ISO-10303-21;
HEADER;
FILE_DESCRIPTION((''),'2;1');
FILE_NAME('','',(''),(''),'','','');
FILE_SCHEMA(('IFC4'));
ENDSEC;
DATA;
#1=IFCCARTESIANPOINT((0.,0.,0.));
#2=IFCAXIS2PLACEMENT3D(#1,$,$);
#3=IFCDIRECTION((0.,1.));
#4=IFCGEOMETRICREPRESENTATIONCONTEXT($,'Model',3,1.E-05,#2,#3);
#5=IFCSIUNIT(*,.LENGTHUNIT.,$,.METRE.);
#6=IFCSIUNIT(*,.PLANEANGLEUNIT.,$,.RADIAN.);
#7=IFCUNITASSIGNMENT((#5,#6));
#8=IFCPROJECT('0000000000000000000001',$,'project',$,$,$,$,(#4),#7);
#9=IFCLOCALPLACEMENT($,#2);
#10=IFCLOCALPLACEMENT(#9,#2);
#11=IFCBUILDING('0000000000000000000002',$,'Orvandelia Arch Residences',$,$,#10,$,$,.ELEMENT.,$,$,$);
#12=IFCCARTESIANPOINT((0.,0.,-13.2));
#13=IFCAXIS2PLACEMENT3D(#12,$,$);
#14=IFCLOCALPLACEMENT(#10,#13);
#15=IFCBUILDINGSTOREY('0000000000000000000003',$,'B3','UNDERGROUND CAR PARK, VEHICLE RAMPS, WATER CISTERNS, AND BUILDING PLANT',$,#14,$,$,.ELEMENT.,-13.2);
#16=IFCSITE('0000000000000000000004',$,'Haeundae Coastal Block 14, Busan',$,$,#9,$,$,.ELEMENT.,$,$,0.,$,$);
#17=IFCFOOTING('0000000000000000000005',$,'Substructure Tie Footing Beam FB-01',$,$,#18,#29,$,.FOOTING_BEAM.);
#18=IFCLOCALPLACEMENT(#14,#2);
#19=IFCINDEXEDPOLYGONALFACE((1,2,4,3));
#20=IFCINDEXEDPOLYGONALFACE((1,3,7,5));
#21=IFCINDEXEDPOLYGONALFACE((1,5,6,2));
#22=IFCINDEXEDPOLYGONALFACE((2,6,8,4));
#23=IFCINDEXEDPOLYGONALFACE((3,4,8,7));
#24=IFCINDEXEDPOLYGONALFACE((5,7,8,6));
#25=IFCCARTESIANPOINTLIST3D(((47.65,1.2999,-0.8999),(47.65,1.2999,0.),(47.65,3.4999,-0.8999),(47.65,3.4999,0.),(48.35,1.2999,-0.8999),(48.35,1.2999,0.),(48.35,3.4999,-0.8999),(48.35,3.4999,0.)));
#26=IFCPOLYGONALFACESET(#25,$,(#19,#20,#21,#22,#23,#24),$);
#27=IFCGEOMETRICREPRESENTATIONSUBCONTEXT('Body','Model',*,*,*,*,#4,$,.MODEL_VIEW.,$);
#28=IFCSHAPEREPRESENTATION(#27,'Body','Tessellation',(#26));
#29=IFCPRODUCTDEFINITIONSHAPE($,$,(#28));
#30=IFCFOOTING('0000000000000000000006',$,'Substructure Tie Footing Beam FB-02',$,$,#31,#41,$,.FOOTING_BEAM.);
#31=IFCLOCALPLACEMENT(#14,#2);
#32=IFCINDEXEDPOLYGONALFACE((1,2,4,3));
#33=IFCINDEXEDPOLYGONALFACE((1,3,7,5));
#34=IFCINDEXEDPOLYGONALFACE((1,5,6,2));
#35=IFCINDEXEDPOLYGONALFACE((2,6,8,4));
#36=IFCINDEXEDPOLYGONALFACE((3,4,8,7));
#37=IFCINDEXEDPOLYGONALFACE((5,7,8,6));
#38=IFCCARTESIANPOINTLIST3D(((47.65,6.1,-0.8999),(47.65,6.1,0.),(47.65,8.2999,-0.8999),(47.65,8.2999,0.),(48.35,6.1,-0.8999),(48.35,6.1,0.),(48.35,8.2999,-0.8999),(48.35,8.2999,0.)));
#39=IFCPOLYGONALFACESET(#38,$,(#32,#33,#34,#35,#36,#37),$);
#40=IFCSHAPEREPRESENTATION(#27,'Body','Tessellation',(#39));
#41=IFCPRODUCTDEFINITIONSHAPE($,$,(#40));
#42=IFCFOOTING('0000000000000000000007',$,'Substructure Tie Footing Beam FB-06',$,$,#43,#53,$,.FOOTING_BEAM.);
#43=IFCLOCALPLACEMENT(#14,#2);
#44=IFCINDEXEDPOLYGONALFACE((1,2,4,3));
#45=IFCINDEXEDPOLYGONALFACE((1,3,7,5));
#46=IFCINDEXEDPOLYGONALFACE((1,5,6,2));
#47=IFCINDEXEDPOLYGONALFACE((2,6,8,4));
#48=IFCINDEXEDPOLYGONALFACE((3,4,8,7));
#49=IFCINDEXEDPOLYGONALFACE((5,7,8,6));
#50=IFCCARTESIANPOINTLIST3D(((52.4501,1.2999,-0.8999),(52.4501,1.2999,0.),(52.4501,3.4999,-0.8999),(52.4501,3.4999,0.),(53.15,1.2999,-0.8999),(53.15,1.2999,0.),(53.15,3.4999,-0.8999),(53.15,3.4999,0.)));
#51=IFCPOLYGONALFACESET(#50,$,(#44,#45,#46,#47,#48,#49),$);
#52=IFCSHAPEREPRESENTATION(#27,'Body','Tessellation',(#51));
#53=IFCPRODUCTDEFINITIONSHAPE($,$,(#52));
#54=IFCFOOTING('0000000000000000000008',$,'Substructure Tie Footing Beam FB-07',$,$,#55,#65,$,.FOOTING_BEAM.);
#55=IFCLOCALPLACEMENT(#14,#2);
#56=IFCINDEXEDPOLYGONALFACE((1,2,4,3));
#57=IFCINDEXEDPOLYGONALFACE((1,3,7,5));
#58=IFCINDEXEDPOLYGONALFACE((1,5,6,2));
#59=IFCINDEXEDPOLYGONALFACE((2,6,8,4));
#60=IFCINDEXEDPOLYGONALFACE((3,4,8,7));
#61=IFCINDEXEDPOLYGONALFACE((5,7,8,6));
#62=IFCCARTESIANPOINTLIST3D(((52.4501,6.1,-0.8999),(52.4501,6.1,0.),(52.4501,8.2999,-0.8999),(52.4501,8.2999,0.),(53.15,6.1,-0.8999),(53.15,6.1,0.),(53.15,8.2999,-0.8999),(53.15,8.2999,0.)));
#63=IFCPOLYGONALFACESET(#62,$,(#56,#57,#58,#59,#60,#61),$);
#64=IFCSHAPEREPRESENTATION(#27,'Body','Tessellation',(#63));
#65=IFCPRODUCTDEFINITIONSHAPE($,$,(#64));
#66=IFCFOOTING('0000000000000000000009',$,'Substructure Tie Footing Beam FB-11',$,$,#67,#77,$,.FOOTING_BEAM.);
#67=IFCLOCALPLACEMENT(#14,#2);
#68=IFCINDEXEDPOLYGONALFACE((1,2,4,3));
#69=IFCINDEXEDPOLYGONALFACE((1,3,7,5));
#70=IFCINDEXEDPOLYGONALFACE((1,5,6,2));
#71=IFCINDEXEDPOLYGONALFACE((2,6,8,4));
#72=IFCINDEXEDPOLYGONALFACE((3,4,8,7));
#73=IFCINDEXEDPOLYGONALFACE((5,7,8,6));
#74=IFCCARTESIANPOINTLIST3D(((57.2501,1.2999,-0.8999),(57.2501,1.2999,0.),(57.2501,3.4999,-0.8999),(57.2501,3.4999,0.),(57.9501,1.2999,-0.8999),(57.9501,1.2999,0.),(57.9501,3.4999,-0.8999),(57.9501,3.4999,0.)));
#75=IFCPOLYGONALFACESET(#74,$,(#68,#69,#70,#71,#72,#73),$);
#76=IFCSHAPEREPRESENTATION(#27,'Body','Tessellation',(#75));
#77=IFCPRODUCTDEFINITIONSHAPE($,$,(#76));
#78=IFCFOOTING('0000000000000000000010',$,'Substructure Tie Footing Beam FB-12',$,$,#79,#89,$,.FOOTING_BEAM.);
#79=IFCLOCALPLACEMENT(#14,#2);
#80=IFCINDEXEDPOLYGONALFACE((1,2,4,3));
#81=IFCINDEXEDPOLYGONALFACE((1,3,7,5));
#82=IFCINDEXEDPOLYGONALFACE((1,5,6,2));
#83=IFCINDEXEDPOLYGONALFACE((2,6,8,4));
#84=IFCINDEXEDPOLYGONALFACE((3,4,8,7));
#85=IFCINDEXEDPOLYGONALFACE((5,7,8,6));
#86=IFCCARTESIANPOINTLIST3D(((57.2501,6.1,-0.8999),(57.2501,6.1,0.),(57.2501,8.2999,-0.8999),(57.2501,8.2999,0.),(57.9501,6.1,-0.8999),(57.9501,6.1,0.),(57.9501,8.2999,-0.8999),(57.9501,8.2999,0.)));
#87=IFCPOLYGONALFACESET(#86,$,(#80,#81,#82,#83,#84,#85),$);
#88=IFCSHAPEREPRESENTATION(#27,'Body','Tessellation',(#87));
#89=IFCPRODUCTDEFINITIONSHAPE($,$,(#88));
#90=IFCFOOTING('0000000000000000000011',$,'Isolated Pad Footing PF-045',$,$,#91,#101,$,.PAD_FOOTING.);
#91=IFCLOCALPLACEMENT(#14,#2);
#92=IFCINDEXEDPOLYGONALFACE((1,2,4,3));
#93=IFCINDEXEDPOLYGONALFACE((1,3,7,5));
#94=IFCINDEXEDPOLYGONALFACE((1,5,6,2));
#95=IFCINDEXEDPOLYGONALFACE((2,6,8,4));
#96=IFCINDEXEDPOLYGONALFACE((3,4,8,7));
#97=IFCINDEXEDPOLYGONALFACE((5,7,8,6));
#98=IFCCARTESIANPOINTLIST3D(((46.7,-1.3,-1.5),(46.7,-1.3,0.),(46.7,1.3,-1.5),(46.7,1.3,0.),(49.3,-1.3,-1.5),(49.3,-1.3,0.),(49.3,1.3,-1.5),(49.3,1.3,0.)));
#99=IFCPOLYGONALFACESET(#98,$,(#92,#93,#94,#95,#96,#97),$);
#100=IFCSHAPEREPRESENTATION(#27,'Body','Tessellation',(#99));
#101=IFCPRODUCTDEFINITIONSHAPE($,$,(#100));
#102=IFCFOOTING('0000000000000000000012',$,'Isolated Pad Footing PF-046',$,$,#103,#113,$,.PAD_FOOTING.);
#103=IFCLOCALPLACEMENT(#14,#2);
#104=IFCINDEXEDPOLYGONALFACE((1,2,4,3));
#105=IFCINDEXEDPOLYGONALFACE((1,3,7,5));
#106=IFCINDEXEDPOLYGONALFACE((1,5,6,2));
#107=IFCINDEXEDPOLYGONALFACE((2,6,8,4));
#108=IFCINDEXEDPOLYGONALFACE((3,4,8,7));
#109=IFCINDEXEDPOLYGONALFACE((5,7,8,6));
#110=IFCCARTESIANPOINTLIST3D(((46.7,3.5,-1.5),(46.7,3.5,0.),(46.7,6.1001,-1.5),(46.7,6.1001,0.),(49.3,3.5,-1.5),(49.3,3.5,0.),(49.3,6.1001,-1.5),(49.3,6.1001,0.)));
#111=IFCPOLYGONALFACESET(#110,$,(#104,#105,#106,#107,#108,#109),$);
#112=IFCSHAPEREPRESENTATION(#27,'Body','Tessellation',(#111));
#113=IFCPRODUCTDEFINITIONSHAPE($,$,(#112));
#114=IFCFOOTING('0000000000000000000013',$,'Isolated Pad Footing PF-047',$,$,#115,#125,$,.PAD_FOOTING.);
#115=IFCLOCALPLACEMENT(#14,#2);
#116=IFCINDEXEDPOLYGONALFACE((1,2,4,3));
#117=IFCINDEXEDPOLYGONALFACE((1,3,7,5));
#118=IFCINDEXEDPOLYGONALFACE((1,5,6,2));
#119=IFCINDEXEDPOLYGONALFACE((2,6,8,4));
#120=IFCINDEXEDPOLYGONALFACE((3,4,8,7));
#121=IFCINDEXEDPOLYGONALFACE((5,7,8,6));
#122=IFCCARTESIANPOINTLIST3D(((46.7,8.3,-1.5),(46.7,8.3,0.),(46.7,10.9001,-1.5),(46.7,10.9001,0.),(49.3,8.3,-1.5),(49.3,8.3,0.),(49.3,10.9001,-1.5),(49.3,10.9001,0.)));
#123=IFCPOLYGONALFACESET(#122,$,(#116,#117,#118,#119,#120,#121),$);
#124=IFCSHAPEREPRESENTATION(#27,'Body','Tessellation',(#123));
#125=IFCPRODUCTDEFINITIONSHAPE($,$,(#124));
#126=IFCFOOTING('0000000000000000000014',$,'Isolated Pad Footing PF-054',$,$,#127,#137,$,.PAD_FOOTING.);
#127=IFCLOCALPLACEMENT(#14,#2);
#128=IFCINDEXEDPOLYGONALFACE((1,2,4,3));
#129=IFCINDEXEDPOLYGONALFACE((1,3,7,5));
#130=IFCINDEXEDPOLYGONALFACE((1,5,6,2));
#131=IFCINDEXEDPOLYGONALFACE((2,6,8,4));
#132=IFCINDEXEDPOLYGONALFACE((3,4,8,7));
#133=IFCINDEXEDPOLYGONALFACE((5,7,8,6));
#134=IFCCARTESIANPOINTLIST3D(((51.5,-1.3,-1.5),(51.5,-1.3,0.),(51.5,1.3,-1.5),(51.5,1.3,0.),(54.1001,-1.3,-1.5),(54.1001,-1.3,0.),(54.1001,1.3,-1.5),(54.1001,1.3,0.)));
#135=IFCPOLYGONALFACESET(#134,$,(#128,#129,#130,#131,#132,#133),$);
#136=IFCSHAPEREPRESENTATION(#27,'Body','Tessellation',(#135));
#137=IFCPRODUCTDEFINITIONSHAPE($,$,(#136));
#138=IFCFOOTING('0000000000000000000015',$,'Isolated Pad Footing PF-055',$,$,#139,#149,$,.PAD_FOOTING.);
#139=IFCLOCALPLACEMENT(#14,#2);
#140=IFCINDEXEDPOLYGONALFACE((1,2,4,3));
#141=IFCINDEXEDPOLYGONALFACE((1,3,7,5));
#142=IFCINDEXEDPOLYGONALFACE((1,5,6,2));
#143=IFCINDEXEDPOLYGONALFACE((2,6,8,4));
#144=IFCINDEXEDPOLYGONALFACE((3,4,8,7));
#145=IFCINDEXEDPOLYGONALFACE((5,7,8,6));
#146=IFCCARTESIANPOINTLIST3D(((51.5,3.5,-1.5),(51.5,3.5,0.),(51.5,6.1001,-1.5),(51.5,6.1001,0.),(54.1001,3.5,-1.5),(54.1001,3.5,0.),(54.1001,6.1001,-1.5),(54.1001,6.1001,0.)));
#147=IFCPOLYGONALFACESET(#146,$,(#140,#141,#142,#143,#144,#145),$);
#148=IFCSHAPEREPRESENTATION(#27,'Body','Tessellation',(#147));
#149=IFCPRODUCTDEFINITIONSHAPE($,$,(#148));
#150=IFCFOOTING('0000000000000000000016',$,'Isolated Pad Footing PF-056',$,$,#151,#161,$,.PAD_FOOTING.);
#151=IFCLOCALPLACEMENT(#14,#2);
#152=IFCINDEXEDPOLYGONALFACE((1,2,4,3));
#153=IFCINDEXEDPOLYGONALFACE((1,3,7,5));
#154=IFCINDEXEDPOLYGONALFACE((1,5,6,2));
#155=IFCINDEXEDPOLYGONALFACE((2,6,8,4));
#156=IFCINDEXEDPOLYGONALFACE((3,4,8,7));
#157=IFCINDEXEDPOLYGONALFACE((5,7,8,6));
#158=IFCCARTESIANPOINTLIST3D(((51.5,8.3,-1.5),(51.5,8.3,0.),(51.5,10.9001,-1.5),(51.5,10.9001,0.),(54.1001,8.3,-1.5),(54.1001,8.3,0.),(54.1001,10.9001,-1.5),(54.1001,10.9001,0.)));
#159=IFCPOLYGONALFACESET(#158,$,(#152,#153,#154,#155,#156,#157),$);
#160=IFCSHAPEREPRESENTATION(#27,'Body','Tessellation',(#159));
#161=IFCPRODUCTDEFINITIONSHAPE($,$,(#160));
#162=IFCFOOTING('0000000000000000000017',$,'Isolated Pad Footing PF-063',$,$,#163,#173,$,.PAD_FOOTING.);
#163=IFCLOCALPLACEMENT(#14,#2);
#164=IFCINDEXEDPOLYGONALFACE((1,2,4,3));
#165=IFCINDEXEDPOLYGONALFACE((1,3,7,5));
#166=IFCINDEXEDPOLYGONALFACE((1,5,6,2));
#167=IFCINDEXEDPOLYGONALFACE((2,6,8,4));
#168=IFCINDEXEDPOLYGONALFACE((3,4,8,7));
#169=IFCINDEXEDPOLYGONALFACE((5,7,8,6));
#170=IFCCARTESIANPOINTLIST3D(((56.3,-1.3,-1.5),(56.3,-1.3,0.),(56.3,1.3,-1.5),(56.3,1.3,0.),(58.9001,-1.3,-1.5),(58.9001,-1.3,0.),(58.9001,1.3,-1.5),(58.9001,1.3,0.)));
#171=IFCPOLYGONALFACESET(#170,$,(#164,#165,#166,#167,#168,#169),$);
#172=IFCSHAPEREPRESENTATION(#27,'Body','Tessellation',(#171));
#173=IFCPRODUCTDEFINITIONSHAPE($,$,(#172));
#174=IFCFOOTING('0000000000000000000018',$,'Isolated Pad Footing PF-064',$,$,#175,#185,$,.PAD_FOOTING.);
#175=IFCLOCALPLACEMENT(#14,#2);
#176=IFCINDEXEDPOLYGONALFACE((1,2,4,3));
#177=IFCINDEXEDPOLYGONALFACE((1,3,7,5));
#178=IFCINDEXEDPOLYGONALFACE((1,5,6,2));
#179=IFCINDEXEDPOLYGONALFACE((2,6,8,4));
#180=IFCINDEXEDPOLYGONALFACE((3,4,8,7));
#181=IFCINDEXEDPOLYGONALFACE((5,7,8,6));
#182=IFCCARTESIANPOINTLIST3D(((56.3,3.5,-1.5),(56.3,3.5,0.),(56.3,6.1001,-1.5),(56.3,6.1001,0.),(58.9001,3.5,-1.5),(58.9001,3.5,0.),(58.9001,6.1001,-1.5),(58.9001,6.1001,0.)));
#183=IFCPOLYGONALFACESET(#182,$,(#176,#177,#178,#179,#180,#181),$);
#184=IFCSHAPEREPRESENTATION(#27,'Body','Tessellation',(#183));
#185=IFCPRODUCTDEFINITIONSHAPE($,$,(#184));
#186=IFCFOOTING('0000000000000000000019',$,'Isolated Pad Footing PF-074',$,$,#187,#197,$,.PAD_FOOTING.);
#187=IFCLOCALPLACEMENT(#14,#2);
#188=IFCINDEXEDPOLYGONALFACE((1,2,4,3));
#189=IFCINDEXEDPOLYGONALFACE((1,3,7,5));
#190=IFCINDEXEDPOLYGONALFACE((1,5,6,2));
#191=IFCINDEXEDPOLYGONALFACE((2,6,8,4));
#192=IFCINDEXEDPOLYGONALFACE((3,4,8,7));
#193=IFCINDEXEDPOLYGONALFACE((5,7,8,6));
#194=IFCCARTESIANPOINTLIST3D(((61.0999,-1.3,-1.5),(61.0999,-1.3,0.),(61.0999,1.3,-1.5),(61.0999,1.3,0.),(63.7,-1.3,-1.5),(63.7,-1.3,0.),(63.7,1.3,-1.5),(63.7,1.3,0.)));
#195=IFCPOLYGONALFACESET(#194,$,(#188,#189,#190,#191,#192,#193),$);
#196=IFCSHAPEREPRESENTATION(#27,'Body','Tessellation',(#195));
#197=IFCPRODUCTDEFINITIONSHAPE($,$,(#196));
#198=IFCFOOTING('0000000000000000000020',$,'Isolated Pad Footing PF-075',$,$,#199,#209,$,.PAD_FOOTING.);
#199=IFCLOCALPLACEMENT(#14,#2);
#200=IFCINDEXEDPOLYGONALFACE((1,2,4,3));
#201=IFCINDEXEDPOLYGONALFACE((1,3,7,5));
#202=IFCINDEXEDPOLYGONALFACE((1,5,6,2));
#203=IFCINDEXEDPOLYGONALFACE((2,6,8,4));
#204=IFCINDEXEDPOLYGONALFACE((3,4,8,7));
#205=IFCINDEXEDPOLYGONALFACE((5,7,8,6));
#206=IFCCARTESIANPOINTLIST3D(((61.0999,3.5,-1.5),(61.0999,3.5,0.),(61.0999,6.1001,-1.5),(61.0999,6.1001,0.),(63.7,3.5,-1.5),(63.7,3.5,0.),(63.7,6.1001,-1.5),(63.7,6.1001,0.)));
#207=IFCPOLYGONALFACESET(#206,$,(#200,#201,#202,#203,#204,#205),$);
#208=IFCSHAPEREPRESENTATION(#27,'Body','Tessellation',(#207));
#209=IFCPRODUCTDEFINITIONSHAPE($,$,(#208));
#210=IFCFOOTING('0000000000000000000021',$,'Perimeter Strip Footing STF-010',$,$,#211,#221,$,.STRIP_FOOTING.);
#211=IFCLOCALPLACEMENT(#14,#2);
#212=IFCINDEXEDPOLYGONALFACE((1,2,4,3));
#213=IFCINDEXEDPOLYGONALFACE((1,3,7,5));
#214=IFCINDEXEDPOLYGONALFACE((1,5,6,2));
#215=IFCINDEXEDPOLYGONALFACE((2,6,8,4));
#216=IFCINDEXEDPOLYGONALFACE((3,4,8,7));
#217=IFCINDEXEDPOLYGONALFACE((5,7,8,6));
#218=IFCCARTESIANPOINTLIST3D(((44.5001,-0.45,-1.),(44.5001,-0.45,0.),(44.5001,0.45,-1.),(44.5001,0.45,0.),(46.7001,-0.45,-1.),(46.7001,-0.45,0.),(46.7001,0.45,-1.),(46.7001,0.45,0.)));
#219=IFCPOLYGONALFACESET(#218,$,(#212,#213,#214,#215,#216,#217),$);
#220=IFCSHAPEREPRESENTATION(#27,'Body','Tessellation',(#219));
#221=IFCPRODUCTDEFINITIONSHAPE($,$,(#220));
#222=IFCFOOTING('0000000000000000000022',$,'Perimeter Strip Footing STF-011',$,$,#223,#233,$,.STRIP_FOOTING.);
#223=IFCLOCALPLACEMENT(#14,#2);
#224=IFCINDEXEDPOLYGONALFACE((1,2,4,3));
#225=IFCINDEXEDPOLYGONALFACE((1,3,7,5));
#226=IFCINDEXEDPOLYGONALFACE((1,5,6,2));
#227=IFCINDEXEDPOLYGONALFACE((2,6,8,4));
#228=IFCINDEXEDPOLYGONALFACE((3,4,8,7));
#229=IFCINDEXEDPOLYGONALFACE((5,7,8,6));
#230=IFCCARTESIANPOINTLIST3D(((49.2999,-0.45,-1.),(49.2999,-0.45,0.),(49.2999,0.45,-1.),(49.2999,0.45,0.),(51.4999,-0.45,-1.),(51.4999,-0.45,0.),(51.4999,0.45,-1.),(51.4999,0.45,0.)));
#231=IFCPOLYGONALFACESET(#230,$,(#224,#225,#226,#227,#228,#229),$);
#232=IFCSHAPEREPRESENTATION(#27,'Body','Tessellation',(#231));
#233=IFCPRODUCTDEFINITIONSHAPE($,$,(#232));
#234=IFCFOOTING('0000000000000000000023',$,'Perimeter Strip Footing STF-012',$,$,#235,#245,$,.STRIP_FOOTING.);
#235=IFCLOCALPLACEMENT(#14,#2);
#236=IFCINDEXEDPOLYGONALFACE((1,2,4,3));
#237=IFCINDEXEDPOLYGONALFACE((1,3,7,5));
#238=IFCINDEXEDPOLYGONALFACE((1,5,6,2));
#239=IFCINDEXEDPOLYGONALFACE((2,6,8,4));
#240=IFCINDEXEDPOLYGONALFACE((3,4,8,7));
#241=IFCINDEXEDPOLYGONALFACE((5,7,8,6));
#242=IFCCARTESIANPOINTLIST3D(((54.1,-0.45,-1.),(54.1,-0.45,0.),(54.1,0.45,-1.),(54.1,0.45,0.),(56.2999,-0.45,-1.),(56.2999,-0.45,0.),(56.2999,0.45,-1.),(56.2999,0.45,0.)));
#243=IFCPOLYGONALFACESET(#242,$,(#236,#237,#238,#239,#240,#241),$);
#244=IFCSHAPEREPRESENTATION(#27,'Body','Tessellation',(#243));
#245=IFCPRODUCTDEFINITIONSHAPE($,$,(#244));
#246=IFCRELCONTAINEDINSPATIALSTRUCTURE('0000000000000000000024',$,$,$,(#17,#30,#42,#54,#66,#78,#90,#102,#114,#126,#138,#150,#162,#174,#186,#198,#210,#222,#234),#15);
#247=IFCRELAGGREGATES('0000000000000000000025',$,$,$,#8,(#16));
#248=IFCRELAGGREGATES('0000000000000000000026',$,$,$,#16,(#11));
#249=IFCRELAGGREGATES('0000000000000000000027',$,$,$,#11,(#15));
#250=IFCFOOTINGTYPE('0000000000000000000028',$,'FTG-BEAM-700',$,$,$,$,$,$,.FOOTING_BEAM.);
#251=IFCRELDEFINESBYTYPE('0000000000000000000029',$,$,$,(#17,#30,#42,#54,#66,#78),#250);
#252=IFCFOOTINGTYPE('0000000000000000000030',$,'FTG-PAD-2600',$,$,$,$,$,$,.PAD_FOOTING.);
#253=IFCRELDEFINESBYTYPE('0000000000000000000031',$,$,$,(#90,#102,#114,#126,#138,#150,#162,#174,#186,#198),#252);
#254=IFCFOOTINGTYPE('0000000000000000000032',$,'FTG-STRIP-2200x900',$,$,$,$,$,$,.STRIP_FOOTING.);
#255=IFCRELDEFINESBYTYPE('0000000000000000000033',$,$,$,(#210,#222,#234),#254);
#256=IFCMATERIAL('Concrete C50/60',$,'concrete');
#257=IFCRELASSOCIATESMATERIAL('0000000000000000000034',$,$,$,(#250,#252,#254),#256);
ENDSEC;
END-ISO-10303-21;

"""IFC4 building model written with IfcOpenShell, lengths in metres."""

from ifc_helpers import new_model, si_unit, direction, frame, origin, origin_2d, place, context, subcontext, project, spatial, rectangle, extrude, material, type_object, element, save


model = new_model("IFC4")

# Units and contexts
model_context = context("Model", 3, precision=1e-05, world=origin(), true_north=direction((0.0, 1.0)))
body_context = subcontext(model_context, "Body", "Model", "MODEL_VIEW")
ifc_project = project(units=[si_unit("LENGTHUNIT", "METRE"), si_unit("PLANEANGLEUNIT", "RADIAN")], contexts=[model_context])

# Site, building, storey
site_placement = place(None, origin())
site = spatial("IfcSite", under=ifc_project, at=site_placement, Name="Haeundae Coastal Block 14, Busan", CompositionType="ELEMENT", RefElevation=0.0)
building_placement = place(site_placement, origin())
building = spatial("IfcBuilding", under=site, at=building_placement, Name="Orvandelia Arch Residences", CompositionType="ELEMENT")
storey_placement = place(building_placement, frame((0.0, 0.0, -13.2)))
storey = spatial("IfcBuildingStorey", under=building, at=storey_placement, Name="B3", Description="UNDERGROUND CAR PARK, VEHICLE RAMPS, WATER CISTERNS, AND BUILDING PLANT", CompositionType="ELEMENT", Elevation=-13.2)

# Footings
ifc_material_1 = material(Name="Concrete C50/60", Category="concrete")
footing_type_1 = type_object("IfcFootingType", Name="FTG-BEAM-700", PredefinedType="FOOTING_BEAM", material=ifc_material_1)
for number, where, z_axis, x_axis, name in (
    (1, (48.0, 2.3999, -0.8999), (0.0, 0.0, 1.0), (1.0, 0.0, 0.0), "Substructure Tie Footing Beam FB-01"),
    (2, (48.0, 7.2, -0.8999), (0.0, 0.0, 1.0), (1.0, 0.0, 0.0), "Substructure Tie Footing Beam FB-02"),
    (3, (52.8, 2.3999, -0.8999), (0.0, 0.0, 1.0), (1.0, 0.0, 0.0), "Substructure Tie Footing Beam FB-06"),
    (4, (52.8, 7.2, -0.8999), (0.0, 0.0, 1.0), (1.0, 0.0, 0.0), "Substructure Tie Footing Beam FB-07"),
    (5, (57.6001, 2.3999, -0.8999), (0.0, 0.0, 1.0), (1.0, 0.0, 0.0), "Substructure Tie Footing Beam FB-11"),
    (6, (57.6001, 7.2, -0.8999), (0.0, 0.0, 1.0), (1.0, 0.0, 0.0), "Substructure Tie Footing Beam FB-12"),
):
    element("IfcFooting", number, at=place(storey_placement, frame(where, z_axis=z_axis, x_axis=x_axis)), inside=storey, type_object=footing_type_1, Name=name, PredefinedType="FOOTING_BEAM", context=body_context, shape_type="SweptSolid", body=[
        extrude(rectangle(XDim=0.7, YDim=2.2, at=origin_2d()), origin(), (0.0, 0.0, 1.0), 0.8999),
    ])
footing_type_2 = type_object("IfcFootingType", Name="FTG-PAD-2600", PredefinedType="PAD_FOOTING", material=ifc_material_1)
for number, where, z_axis, x_axis, name in (
    (7, (48.0, 0.0, -1.5), (0.0, 0.0, 1.0), (1.0, 0.0, 0.0), "Isolated Pad Footing PF-045"),
    (8, (48.0, 4.8, -1.5), (0.0, 0.0, 1.0), (1.0, 0.0, 0.0), "Isolated Pad Footing PF-046"),
    (9, (48.0, 9.6001, -1.5), (0.0, 0.0, 1.0), (1.0, 0.0, 0.0), "Isolated Pad Footing PF-047"),
    (10, (52.8, 0.0, -1.5), (0.0, 0.0, 1.0), (1.0, 0.0, 0.0), "Isolated Pad Footing PF-054"),
    (11, (52.8, 4.8, -1.5), (0.0, 0.0, 1.0), (1.0, 0.0, 0.0), "Isolated Pad Footing PF-055"),
    (12, (52.8, 9.6001, -1.5), (0.0, 0.0, 1.0), (1.0, 0.0, 0.0), "Isolated Pad Footing PF-056"),
    (13, (57.6001, 0.0, -1.5), (0.0, 0.0, 1.0), (1.0, 0.0, 0.0), "Isolated Pad Footing PF-063"),
    (14, (57.6001, 4.8, -1.5), (0.0, 0.0, 1.0), (1.0, 0.0, 0.0), "Isolated Pad Footing PF-064"),
    (15, (62.3999, 0.0, -1.5), (0.0, 0.0, 1.0), (1.0, 0.0, 0.0), "Isolated Pad Footing PF-074"),
    (16, (62.3999, 4.8, -1.5), (0.0, 0.0, 1.0), (1.0, 0.0, 0.0), "Isolated Pad Footing PF-075"),
):
    element("IfcFooting", number, at=place(storey_placement, frame(where, z_axis=z_axis, x_axis=x_axis)), inside=storey, type_object=footing_type_2, Name=name, PredefinedType="PAD_FOOTING", context=body_context, shape_type="SweptSolid", body=[
        extrude(rectangle(XDim=2.6001, YDim=2.6001, at=origin_2d()), origin(), (0.0, 0.0, 1.0), 1.5),
    ])
footing_type_3 = type_object("IfcFootingType", Name="FTG-STRIP-2200x900", PredefinedType="STRIP_FOOTING", material=ifc_material_1)
for number, where, z_axis, x_axis, name in (
    (17, (45.6001, 0.0, -1.0), (0.0, 0.0, 1.0), (1.0, 0.0, 0.0), "Perimeter Strip Footing STF-010"),
    (18, (50.3999, 0.0, -1.0), (0.0, 0.0, 1.0), (1.0, 0.0, 0.0), "Perimeter Strip Footing STF-011"),
    (19, (55.2, 0.0, -1.0), (0.0, 0.0, 1.0), (1.0, 0.0, 0.0), "Perimeter Strip Footing STF-012"),
):
    element("IfcFooting", number, at=place(storey_placement, frame(where, z_axis=z_axis, x_axis=x_axis)), inside=storey, type_object=footing_type_3, Name=name, PredefinedType="STRIP_FOOTING", context=body_context, shape_type="SweptSolid", body=[
        extrude(rectangle(XDim=2.2, YDim=0.8999, at=origin_2d()), origin(), (0.0, 0.0, 1.0), 1.0),
    ])

save(model, "model.ifc")
